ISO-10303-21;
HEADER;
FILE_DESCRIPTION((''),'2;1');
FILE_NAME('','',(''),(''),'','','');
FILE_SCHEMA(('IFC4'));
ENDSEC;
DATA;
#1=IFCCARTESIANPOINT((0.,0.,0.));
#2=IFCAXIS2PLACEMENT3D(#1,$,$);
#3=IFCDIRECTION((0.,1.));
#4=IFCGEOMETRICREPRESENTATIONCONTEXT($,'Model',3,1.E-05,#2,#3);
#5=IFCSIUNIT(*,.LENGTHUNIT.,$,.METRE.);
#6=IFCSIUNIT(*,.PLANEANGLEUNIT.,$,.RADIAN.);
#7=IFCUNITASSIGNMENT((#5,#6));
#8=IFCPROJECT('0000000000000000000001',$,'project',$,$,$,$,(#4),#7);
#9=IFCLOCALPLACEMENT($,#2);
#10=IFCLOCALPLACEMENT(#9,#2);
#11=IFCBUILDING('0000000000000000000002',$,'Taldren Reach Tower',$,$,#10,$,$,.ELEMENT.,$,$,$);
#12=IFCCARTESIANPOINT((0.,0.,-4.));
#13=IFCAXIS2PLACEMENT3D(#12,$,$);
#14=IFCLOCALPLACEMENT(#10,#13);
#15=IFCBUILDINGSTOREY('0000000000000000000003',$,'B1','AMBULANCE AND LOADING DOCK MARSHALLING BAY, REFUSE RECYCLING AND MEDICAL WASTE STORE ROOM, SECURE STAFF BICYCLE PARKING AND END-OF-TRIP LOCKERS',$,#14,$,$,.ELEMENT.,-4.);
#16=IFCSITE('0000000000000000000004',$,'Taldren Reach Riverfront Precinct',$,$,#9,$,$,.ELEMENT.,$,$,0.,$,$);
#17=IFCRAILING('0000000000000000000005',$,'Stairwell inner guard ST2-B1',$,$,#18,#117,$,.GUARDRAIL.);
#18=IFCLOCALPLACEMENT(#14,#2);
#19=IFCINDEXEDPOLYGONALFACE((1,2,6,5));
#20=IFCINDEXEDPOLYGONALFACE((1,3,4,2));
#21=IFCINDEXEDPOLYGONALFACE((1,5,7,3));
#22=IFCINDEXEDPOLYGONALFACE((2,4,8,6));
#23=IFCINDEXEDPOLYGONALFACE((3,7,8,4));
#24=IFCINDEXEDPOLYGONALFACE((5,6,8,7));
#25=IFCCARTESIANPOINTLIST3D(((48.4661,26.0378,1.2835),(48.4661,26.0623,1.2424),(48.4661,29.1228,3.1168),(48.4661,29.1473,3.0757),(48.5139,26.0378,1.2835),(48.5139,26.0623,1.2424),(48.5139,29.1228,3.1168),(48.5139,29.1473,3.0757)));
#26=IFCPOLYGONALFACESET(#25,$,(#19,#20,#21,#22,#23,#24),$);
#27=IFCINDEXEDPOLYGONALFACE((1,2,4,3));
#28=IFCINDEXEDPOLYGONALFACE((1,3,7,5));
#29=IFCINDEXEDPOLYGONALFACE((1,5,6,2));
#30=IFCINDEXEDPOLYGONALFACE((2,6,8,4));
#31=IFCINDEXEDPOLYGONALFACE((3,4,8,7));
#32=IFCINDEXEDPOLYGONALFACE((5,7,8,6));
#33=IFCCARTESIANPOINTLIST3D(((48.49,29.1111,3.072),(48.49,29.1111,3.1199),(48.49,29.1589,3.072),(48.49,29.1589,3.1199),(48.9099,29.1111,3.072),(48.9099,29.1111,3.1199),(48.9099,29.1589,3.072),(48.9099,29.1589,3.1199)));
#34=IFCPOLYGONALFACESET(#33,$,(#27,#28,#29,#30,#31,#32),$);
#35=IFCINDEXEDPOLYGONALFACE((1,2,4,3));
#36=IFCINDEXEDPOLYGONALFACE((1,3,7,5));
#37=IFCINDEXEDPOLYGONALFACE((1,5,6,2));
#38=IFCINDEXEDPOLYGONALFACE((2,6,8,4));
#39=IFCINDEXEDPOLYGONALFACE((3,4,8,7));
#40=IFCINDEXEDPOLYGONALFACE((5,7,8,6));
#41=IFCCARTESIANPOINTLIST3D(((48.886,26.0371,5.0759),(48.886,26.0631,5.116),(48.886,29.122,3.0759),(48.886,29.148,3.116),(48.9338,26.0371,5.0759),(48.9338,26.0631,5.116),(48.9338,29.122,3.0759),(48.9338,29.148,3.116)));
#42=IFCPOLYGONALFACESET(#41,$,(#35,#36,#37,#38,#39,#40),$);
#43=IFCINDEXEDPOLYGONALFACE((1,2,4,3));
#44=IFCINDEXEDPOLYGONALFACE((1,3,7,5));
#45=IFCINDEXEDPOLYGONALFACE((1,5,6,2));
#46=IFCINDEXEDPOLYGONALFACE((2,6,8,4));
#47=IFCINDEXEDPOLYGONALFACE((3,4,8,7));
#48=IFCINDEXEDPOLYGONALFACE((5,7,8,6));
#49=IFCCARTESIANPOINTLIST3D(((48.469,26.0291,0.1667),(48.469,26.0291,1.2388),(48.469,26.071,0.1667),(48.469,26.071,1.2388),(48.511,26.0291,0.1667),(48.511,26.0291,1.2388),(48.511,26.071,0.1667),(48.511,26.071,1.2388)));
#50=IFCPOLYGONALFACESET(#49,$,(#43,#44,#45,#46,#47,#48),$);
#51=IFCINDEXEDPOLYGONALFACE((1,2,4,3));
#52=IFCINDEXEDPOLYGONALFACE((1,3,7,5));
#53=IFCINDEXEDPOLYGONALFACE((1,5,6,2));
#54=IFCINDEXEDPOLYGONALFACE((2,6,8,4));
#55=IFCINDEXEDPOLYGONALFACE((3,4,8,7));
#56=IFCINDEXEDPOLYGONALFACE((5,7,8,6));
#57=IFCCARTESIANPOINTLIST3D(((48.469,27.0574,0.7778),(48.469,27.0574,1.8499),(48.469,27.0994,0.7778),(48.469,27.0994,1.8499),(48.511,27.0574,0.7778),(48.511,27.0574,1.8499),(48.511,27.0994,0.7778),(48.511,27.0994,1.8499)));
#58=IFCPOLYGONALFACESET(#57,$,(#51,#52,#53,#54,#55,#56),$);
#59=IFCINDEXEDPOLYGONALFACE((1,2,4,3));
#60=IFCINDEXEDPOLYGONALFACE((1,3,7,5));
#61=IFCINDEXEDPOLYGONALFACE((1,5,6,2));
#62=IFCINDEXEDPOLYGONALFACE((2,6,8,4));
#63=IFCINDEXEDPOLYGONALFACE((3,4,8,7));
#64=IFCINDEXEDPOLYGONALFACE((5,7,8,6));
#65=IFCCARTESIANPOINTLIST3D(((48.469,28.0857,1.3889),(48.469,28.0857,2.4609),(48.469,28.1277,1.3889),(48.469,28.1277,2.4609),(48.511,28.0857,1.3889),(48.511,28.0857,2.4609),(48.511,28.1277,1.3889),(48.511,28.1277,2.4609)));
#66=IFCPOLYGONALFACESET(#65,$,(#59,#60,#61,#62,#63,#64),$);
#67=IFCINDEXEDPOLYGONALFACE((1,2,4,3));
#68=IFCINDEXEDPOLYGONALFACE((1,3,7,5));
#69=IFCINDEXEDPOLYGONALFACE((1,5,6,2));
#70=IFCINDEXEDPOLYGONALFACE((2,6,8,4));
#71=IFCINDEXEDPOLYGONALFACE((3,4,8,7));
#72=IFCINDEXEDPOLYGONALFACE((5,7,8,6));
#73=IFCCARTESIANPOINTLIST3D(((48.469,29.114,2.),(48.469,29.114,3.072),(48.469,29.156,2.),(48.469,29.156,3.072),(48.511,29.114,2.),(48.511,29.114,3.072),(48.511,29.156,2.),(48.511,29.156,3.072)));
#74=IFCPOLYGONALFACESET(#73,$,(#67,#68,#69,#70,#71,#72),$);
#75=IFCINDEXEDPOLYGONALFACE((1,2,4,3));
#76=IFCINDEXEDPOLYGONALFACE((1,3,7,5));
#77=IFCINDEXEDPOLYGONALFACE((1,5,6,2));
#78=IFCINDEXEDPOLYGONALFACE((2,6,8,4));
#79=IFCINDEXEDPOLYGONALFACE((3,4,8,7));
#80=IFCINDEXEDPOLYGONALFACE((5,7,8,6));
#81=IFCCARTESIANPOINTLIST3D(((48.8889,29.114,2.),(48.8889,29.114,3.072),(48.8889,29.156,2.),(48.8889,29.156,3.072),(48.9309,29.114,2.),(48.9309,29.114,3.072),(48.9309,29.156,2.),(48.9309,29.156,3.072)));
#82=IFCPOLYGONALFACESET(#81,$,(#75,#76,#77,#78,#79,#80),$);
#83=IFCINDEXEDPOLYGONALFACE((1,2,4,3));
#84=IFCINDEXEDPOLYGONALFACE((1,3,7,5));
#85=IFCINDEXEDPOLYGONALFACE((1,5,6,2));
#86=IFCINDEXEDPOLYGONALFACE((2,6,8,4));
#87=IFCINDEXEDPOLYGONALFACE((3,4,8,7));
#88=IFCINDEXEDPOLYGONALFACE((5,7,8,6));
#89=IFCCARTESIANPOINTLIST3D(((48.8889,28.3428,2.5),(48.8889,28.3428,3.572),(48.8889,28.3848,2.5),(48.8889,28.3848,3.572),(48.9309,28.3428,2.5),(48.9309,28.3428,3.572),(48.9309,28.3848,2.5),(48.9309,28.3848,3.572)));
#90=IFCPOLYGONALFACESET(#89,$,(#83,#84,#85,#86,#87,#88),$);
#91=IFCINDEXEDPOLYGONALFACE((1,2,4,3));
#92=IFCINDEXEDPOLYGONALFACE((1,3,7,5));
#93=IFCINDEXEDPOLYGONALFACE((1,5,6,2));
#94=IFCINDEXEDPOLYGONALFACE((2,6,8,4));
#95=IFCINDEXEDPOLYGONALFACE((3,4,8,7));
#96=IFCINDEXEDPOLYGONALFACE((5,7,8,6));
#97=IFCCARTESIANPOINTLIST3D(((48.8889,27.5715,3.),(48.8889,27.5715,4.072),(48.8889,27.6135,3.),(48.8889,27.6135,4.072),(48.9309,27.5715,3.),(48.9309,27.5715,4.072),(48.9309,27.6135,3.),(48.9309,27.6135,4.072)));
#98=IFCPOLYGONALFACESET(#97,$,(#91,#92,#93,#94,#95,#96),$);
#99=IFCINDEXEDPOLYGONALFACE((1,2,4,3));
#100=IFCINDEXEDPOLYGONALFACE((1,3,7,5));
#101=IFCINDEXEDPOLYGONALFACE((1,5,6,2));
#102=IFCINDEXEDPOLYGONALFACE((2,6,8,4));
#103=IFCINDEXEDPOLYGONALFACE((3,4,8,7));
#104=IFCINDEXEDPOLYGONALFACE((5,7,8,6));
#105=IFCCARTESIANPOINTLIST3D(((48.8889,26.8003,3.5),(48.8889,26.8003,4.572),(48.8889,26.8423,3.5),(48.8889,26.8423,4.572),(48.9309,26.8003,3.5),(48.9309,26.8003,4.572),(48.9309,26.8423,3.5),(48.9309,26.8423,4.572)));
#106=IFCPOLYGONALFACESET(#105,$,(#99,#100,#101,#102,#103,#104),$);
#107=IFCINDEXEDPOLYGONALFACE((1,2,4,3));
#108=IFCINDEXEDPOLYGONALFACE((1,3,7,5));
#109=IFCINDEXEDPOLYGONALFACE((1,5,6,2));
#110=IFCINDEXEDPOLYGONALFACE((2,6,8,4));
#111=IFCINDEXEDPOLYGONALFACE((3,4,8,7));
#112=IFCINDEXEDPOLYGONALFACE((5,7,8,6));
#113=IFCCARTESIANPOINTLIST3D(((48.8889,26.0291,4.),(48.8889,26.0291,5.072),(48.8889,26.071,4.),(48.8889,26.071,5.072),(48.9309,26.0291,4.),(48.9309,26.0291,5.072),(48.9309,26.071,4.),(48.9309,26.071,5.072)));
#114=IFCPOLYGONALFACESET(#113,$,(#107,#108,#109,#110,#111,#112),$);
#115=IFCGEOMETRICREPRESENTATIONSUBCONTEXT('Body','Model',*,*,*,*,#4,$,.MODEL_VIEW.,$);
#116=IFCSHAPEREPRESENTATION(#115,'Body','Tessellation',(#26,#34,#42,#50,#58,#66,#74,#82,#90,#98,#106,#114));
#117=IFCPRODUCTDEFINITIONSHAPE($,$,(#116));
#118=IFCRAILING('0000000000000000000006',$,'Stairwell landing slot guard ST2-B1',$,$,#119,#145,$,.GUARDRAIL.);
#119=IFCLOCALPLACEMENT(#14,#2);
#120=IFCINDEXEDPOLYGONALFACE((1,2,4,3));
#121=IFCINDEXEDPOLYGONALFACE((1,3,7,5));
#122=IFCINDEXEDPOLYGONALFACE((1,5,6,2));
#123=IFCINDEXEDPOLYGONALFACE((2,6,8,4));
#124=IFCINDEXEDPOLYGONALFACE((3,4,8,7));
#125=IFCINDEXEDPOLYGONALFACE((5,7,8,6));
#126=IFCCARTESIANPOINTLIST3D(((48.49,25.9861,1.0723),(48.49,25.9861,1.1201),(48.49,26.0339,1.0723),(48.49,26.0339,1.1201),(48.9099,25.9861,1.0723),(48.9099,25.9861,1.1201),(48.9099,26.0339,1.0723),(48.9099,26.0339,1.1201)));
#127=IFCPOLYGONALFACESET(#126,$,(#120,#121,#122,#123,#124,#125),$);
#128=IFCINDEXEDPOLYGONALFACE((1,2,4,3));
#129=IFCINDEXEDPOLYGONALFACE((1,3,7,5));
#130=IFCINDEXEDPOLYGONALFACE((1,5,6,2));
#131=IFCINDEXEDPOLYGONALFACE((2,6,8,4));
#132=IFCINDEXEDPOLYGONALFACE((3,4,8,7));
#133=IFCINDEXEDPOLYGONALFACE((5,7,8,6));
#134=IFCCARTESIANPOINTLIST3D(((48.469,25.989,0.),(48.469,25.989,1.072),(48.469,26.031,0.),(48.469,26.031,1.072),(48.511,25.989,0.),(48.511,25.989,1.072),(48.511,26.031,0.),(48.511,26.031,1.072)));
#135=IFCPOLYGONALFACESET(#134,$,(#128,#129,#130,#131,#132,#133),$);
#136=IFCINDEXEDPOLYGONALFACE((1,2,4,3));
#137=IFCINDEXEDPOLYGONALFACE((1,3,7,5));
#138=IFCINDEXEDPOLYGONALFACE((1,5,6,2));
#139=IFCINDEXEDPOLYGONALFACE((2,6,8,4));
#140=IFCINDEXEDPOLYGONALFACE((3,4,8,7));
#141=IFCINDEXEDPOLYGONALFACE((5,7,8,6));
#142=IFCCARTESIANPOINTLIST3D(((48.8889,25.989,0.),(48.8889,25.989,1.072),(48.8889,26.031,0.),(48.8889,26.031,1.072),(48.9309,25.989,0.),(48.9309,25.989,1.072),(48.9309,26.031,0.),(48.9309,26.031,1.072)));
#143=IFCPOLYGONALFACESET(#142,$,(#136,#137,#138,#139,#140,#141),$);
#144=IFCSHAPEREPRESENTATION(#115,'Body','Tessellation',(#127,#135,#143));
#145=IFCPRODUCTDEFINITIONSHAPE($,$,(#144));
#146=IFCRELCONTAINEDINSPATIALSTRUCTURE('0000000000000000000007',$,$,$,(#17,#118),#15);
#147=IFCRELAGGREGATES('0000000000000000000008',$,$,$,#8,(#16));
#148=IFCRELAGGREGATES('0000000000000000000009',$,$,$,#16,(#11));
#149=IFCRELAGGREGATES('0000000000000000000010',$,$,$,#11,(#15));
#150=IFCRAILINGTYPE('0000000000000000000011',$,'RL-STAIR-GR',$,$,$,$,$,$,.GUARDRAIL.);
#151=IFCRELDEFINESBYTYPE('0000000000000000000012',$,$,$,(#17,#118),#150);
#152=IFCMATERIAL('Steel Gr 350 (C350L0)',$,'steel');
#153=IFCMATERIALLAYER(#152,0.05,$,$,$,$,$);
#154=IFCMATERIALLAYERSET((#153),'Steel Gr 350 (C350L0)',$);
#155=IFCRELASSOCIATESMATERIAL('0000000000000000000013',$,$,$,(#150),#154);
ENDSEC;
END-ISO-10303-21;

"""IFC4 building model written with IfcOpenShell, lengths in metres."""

from ifc_helpers import new_model, si_unit, direction, frame, origin, origin_2d, place, context, subcontext, project, spatial, rectangle, extrude, material, layer, layer_set, type_object, element, save


model = new_model("IFC4")

# Units and contexts
model_context = context("Model", 3, precision=1e-05, world=origin(), true_north=direction((0.0, 1.0)))
body_context = subcontext(model_context, "Body", "Model", "MODEL_VIEW")
ifc_project = project(units=[si_unit("LENGTHUNIT", "METRE"), si_unit("PLANEANGLEUNIT", "RADIAN")], contexts=[model_context])

# Site, building, storey
site_placement = place(None, origin())
site = spatial("IfcSite", under=ifc_project, at=site_placement, Name="Taldren Reach Riverfront Precinct", CompositionType="ELEMENT", RefElevation=0.0)
building_placement = place(site_placement, origin())
building = spatial("IfcBuilding", under=site, at=building_placement, Name="Taldren Reach Tower", CompositionType="ELEMENT")
storey_placement = place(building_placement, frame((0.0, 0.0, -4.0)))
storey = spatial("IfcBuildingStorey", under=building, at=storey_placement, Name="B1", Description="AMBULANCE AND LOADING DOCK MARSHALLING BAY, REFUSE RECYCLING AND MEDICAL WASTE STORE ROOM, SECURE STAFF BICYCLE PARKING AND END-OF-TRIP LOCKERS", CompositionType="ELEMENT", Elevation=-4.0)

# Railings
ifc_material_1 = material(Name="Steel Gr 350 (C350L0)", Category="steel")
ifc_layer_1 = layer(ifc_material_1, 0.05)
ifc_layer_set_1 = layer_set([ifc_layer_1], Name="Steel Gr 350 (C350L0)")
railing_type_1 = type_object("IfcRailingType", Name="RL-STAIR-GR", PredefinedType="GUARDRAIL", material=ifc_layer_set_1)
railing_1_placement = place(storey_placement, frame((48.49, 26.05, 0.1667)))
element("IfcRailing", 1, at=railing_1_placement, inside=storey, type_object=railing_type_1, Name="Stairwell inner guard ST2-B1", PredefinedType="GUARDRAIL", context=body_context, shape_type="SweptSolid", body=[
    extrude(rectangle(XDim=0.0479, YDim=0.0479, at=origin_2d()), frame((0.0, 0.0, 1.0962), z_axis=(0.0, 0.859664, 0.510859), x_axis=(-1.0, 0.0, 0.0)), (0.0, 0.0, 1.0), 3.5886),
    extrude(rectangle(XDim=0.0479, YDim=0.0479, at=origin_2d()), frame((0.0, 3.085, 2.9292), z_axis=(1.0, 0.0, 0.0), x_axis=(0.0, 1.0, 0.0)), (0.0, 0.0, 1.0), 0.4199),
    extrude(rectangle(XDim=0.0479, YDim=0.0479, at=origin_2d()), frame((0.4199, 3.085, 2.9292), z_axis=(0.0, -0.839092, 0.543989), x_axis=(1.0, 0.0, 0.0)), (0.0, 0.0, 1.0), 3.6765),
    extrude(rectangle(XDim=0.042, YDim=0.042, at=origin_2d()), origin(), (0.0, 0.0, 1.0), 1.072),
    extrude(rectangle(XDim=0.042, YDim=0.042, at=origin_2d()), frame((0.0, 1.0283, 0.6111)), (0.0, 0.0, 1.0), 1.072),
    extrude(rectangle(XDim=0.042, YDim=0.042, at=origin_2d()), frame((0.0, 2.0566, 1.2222)), (0.0, 0.0, 1.0), 1.072),
    extrude(rectangle(XDim=0.042, YDim=0.042, at=origin_2d()), frame((0.0, 3.085, 1.8333)), (0.0, 0.0, 1.0), 1.072),
    extrude(rectangle(XDim=0.042, YDim=0.042, at=origin_2d()), frame((0.4199, 3.085, 1.8333)), (0.0, 0.0, 1.0), 1.072),
    extrude(rectangle(XDim=0.042, YDim=0.042, at=origin_2d()), frame((0.4199, 2.3137, 2.3333)), (0.0, 0.0, 1.0), 1.072),
    extrude(rectangle(XDim=0.042, YDim=0.042, at=origin_2d()), frame((0.4199, 1.5425, 2.8333)), (0.0, 0.0, 1.0), 1.072),
    extrude(rectangle(XDim=0.042, YDim=0.042, at=origin_2d()), frame((0.4199, 0.7712, 3.3333)), (0.0, 0.0, 1.0), 1.072),
    extrude(rectangle(XDim=0.042, YDim=0.042, at=origin_2d()), frame((0.4199, 0.0, 3.8333)), (0.0, 0.0, 1.0), 1.072),
])
railing_2_placement = place(storey_placement, frame((48.49, 26.01, 0.0)))
element("IfcRailing", 2, at=railing_2_placement, inside=storey, type_object=railing_type_1, Name="Stairwell landing slot guard ST2-B1", PredefinedType="GUARDRAIL", context=body_context, shape_type="SweptSolid", body=[
    extrude(rectangle(XDim=0.0479, YDim=0.0479, at=origin_2d()), frame((0.0, 0.0, 1.0962), z_axis=(1.0, 0.0, 0.0), x_axis=(0.0, 1.0, 0.0)), (0.0, 0.0, 1.0), 0.4199),
    extrude(rectangle(XDim=0.042, YDim=0.042, at=origin_2d()), origin(), (0.0, 0.0, 1.0), 1.072),
    extrude(rectangle(XDim=0.042, YDim=0.042, at=origin_2d()), frame((0.4199, 0.0, 0.0)), (0.0, 0.0, 1.0), 1.072),
])

save(model, "model.ifc")
